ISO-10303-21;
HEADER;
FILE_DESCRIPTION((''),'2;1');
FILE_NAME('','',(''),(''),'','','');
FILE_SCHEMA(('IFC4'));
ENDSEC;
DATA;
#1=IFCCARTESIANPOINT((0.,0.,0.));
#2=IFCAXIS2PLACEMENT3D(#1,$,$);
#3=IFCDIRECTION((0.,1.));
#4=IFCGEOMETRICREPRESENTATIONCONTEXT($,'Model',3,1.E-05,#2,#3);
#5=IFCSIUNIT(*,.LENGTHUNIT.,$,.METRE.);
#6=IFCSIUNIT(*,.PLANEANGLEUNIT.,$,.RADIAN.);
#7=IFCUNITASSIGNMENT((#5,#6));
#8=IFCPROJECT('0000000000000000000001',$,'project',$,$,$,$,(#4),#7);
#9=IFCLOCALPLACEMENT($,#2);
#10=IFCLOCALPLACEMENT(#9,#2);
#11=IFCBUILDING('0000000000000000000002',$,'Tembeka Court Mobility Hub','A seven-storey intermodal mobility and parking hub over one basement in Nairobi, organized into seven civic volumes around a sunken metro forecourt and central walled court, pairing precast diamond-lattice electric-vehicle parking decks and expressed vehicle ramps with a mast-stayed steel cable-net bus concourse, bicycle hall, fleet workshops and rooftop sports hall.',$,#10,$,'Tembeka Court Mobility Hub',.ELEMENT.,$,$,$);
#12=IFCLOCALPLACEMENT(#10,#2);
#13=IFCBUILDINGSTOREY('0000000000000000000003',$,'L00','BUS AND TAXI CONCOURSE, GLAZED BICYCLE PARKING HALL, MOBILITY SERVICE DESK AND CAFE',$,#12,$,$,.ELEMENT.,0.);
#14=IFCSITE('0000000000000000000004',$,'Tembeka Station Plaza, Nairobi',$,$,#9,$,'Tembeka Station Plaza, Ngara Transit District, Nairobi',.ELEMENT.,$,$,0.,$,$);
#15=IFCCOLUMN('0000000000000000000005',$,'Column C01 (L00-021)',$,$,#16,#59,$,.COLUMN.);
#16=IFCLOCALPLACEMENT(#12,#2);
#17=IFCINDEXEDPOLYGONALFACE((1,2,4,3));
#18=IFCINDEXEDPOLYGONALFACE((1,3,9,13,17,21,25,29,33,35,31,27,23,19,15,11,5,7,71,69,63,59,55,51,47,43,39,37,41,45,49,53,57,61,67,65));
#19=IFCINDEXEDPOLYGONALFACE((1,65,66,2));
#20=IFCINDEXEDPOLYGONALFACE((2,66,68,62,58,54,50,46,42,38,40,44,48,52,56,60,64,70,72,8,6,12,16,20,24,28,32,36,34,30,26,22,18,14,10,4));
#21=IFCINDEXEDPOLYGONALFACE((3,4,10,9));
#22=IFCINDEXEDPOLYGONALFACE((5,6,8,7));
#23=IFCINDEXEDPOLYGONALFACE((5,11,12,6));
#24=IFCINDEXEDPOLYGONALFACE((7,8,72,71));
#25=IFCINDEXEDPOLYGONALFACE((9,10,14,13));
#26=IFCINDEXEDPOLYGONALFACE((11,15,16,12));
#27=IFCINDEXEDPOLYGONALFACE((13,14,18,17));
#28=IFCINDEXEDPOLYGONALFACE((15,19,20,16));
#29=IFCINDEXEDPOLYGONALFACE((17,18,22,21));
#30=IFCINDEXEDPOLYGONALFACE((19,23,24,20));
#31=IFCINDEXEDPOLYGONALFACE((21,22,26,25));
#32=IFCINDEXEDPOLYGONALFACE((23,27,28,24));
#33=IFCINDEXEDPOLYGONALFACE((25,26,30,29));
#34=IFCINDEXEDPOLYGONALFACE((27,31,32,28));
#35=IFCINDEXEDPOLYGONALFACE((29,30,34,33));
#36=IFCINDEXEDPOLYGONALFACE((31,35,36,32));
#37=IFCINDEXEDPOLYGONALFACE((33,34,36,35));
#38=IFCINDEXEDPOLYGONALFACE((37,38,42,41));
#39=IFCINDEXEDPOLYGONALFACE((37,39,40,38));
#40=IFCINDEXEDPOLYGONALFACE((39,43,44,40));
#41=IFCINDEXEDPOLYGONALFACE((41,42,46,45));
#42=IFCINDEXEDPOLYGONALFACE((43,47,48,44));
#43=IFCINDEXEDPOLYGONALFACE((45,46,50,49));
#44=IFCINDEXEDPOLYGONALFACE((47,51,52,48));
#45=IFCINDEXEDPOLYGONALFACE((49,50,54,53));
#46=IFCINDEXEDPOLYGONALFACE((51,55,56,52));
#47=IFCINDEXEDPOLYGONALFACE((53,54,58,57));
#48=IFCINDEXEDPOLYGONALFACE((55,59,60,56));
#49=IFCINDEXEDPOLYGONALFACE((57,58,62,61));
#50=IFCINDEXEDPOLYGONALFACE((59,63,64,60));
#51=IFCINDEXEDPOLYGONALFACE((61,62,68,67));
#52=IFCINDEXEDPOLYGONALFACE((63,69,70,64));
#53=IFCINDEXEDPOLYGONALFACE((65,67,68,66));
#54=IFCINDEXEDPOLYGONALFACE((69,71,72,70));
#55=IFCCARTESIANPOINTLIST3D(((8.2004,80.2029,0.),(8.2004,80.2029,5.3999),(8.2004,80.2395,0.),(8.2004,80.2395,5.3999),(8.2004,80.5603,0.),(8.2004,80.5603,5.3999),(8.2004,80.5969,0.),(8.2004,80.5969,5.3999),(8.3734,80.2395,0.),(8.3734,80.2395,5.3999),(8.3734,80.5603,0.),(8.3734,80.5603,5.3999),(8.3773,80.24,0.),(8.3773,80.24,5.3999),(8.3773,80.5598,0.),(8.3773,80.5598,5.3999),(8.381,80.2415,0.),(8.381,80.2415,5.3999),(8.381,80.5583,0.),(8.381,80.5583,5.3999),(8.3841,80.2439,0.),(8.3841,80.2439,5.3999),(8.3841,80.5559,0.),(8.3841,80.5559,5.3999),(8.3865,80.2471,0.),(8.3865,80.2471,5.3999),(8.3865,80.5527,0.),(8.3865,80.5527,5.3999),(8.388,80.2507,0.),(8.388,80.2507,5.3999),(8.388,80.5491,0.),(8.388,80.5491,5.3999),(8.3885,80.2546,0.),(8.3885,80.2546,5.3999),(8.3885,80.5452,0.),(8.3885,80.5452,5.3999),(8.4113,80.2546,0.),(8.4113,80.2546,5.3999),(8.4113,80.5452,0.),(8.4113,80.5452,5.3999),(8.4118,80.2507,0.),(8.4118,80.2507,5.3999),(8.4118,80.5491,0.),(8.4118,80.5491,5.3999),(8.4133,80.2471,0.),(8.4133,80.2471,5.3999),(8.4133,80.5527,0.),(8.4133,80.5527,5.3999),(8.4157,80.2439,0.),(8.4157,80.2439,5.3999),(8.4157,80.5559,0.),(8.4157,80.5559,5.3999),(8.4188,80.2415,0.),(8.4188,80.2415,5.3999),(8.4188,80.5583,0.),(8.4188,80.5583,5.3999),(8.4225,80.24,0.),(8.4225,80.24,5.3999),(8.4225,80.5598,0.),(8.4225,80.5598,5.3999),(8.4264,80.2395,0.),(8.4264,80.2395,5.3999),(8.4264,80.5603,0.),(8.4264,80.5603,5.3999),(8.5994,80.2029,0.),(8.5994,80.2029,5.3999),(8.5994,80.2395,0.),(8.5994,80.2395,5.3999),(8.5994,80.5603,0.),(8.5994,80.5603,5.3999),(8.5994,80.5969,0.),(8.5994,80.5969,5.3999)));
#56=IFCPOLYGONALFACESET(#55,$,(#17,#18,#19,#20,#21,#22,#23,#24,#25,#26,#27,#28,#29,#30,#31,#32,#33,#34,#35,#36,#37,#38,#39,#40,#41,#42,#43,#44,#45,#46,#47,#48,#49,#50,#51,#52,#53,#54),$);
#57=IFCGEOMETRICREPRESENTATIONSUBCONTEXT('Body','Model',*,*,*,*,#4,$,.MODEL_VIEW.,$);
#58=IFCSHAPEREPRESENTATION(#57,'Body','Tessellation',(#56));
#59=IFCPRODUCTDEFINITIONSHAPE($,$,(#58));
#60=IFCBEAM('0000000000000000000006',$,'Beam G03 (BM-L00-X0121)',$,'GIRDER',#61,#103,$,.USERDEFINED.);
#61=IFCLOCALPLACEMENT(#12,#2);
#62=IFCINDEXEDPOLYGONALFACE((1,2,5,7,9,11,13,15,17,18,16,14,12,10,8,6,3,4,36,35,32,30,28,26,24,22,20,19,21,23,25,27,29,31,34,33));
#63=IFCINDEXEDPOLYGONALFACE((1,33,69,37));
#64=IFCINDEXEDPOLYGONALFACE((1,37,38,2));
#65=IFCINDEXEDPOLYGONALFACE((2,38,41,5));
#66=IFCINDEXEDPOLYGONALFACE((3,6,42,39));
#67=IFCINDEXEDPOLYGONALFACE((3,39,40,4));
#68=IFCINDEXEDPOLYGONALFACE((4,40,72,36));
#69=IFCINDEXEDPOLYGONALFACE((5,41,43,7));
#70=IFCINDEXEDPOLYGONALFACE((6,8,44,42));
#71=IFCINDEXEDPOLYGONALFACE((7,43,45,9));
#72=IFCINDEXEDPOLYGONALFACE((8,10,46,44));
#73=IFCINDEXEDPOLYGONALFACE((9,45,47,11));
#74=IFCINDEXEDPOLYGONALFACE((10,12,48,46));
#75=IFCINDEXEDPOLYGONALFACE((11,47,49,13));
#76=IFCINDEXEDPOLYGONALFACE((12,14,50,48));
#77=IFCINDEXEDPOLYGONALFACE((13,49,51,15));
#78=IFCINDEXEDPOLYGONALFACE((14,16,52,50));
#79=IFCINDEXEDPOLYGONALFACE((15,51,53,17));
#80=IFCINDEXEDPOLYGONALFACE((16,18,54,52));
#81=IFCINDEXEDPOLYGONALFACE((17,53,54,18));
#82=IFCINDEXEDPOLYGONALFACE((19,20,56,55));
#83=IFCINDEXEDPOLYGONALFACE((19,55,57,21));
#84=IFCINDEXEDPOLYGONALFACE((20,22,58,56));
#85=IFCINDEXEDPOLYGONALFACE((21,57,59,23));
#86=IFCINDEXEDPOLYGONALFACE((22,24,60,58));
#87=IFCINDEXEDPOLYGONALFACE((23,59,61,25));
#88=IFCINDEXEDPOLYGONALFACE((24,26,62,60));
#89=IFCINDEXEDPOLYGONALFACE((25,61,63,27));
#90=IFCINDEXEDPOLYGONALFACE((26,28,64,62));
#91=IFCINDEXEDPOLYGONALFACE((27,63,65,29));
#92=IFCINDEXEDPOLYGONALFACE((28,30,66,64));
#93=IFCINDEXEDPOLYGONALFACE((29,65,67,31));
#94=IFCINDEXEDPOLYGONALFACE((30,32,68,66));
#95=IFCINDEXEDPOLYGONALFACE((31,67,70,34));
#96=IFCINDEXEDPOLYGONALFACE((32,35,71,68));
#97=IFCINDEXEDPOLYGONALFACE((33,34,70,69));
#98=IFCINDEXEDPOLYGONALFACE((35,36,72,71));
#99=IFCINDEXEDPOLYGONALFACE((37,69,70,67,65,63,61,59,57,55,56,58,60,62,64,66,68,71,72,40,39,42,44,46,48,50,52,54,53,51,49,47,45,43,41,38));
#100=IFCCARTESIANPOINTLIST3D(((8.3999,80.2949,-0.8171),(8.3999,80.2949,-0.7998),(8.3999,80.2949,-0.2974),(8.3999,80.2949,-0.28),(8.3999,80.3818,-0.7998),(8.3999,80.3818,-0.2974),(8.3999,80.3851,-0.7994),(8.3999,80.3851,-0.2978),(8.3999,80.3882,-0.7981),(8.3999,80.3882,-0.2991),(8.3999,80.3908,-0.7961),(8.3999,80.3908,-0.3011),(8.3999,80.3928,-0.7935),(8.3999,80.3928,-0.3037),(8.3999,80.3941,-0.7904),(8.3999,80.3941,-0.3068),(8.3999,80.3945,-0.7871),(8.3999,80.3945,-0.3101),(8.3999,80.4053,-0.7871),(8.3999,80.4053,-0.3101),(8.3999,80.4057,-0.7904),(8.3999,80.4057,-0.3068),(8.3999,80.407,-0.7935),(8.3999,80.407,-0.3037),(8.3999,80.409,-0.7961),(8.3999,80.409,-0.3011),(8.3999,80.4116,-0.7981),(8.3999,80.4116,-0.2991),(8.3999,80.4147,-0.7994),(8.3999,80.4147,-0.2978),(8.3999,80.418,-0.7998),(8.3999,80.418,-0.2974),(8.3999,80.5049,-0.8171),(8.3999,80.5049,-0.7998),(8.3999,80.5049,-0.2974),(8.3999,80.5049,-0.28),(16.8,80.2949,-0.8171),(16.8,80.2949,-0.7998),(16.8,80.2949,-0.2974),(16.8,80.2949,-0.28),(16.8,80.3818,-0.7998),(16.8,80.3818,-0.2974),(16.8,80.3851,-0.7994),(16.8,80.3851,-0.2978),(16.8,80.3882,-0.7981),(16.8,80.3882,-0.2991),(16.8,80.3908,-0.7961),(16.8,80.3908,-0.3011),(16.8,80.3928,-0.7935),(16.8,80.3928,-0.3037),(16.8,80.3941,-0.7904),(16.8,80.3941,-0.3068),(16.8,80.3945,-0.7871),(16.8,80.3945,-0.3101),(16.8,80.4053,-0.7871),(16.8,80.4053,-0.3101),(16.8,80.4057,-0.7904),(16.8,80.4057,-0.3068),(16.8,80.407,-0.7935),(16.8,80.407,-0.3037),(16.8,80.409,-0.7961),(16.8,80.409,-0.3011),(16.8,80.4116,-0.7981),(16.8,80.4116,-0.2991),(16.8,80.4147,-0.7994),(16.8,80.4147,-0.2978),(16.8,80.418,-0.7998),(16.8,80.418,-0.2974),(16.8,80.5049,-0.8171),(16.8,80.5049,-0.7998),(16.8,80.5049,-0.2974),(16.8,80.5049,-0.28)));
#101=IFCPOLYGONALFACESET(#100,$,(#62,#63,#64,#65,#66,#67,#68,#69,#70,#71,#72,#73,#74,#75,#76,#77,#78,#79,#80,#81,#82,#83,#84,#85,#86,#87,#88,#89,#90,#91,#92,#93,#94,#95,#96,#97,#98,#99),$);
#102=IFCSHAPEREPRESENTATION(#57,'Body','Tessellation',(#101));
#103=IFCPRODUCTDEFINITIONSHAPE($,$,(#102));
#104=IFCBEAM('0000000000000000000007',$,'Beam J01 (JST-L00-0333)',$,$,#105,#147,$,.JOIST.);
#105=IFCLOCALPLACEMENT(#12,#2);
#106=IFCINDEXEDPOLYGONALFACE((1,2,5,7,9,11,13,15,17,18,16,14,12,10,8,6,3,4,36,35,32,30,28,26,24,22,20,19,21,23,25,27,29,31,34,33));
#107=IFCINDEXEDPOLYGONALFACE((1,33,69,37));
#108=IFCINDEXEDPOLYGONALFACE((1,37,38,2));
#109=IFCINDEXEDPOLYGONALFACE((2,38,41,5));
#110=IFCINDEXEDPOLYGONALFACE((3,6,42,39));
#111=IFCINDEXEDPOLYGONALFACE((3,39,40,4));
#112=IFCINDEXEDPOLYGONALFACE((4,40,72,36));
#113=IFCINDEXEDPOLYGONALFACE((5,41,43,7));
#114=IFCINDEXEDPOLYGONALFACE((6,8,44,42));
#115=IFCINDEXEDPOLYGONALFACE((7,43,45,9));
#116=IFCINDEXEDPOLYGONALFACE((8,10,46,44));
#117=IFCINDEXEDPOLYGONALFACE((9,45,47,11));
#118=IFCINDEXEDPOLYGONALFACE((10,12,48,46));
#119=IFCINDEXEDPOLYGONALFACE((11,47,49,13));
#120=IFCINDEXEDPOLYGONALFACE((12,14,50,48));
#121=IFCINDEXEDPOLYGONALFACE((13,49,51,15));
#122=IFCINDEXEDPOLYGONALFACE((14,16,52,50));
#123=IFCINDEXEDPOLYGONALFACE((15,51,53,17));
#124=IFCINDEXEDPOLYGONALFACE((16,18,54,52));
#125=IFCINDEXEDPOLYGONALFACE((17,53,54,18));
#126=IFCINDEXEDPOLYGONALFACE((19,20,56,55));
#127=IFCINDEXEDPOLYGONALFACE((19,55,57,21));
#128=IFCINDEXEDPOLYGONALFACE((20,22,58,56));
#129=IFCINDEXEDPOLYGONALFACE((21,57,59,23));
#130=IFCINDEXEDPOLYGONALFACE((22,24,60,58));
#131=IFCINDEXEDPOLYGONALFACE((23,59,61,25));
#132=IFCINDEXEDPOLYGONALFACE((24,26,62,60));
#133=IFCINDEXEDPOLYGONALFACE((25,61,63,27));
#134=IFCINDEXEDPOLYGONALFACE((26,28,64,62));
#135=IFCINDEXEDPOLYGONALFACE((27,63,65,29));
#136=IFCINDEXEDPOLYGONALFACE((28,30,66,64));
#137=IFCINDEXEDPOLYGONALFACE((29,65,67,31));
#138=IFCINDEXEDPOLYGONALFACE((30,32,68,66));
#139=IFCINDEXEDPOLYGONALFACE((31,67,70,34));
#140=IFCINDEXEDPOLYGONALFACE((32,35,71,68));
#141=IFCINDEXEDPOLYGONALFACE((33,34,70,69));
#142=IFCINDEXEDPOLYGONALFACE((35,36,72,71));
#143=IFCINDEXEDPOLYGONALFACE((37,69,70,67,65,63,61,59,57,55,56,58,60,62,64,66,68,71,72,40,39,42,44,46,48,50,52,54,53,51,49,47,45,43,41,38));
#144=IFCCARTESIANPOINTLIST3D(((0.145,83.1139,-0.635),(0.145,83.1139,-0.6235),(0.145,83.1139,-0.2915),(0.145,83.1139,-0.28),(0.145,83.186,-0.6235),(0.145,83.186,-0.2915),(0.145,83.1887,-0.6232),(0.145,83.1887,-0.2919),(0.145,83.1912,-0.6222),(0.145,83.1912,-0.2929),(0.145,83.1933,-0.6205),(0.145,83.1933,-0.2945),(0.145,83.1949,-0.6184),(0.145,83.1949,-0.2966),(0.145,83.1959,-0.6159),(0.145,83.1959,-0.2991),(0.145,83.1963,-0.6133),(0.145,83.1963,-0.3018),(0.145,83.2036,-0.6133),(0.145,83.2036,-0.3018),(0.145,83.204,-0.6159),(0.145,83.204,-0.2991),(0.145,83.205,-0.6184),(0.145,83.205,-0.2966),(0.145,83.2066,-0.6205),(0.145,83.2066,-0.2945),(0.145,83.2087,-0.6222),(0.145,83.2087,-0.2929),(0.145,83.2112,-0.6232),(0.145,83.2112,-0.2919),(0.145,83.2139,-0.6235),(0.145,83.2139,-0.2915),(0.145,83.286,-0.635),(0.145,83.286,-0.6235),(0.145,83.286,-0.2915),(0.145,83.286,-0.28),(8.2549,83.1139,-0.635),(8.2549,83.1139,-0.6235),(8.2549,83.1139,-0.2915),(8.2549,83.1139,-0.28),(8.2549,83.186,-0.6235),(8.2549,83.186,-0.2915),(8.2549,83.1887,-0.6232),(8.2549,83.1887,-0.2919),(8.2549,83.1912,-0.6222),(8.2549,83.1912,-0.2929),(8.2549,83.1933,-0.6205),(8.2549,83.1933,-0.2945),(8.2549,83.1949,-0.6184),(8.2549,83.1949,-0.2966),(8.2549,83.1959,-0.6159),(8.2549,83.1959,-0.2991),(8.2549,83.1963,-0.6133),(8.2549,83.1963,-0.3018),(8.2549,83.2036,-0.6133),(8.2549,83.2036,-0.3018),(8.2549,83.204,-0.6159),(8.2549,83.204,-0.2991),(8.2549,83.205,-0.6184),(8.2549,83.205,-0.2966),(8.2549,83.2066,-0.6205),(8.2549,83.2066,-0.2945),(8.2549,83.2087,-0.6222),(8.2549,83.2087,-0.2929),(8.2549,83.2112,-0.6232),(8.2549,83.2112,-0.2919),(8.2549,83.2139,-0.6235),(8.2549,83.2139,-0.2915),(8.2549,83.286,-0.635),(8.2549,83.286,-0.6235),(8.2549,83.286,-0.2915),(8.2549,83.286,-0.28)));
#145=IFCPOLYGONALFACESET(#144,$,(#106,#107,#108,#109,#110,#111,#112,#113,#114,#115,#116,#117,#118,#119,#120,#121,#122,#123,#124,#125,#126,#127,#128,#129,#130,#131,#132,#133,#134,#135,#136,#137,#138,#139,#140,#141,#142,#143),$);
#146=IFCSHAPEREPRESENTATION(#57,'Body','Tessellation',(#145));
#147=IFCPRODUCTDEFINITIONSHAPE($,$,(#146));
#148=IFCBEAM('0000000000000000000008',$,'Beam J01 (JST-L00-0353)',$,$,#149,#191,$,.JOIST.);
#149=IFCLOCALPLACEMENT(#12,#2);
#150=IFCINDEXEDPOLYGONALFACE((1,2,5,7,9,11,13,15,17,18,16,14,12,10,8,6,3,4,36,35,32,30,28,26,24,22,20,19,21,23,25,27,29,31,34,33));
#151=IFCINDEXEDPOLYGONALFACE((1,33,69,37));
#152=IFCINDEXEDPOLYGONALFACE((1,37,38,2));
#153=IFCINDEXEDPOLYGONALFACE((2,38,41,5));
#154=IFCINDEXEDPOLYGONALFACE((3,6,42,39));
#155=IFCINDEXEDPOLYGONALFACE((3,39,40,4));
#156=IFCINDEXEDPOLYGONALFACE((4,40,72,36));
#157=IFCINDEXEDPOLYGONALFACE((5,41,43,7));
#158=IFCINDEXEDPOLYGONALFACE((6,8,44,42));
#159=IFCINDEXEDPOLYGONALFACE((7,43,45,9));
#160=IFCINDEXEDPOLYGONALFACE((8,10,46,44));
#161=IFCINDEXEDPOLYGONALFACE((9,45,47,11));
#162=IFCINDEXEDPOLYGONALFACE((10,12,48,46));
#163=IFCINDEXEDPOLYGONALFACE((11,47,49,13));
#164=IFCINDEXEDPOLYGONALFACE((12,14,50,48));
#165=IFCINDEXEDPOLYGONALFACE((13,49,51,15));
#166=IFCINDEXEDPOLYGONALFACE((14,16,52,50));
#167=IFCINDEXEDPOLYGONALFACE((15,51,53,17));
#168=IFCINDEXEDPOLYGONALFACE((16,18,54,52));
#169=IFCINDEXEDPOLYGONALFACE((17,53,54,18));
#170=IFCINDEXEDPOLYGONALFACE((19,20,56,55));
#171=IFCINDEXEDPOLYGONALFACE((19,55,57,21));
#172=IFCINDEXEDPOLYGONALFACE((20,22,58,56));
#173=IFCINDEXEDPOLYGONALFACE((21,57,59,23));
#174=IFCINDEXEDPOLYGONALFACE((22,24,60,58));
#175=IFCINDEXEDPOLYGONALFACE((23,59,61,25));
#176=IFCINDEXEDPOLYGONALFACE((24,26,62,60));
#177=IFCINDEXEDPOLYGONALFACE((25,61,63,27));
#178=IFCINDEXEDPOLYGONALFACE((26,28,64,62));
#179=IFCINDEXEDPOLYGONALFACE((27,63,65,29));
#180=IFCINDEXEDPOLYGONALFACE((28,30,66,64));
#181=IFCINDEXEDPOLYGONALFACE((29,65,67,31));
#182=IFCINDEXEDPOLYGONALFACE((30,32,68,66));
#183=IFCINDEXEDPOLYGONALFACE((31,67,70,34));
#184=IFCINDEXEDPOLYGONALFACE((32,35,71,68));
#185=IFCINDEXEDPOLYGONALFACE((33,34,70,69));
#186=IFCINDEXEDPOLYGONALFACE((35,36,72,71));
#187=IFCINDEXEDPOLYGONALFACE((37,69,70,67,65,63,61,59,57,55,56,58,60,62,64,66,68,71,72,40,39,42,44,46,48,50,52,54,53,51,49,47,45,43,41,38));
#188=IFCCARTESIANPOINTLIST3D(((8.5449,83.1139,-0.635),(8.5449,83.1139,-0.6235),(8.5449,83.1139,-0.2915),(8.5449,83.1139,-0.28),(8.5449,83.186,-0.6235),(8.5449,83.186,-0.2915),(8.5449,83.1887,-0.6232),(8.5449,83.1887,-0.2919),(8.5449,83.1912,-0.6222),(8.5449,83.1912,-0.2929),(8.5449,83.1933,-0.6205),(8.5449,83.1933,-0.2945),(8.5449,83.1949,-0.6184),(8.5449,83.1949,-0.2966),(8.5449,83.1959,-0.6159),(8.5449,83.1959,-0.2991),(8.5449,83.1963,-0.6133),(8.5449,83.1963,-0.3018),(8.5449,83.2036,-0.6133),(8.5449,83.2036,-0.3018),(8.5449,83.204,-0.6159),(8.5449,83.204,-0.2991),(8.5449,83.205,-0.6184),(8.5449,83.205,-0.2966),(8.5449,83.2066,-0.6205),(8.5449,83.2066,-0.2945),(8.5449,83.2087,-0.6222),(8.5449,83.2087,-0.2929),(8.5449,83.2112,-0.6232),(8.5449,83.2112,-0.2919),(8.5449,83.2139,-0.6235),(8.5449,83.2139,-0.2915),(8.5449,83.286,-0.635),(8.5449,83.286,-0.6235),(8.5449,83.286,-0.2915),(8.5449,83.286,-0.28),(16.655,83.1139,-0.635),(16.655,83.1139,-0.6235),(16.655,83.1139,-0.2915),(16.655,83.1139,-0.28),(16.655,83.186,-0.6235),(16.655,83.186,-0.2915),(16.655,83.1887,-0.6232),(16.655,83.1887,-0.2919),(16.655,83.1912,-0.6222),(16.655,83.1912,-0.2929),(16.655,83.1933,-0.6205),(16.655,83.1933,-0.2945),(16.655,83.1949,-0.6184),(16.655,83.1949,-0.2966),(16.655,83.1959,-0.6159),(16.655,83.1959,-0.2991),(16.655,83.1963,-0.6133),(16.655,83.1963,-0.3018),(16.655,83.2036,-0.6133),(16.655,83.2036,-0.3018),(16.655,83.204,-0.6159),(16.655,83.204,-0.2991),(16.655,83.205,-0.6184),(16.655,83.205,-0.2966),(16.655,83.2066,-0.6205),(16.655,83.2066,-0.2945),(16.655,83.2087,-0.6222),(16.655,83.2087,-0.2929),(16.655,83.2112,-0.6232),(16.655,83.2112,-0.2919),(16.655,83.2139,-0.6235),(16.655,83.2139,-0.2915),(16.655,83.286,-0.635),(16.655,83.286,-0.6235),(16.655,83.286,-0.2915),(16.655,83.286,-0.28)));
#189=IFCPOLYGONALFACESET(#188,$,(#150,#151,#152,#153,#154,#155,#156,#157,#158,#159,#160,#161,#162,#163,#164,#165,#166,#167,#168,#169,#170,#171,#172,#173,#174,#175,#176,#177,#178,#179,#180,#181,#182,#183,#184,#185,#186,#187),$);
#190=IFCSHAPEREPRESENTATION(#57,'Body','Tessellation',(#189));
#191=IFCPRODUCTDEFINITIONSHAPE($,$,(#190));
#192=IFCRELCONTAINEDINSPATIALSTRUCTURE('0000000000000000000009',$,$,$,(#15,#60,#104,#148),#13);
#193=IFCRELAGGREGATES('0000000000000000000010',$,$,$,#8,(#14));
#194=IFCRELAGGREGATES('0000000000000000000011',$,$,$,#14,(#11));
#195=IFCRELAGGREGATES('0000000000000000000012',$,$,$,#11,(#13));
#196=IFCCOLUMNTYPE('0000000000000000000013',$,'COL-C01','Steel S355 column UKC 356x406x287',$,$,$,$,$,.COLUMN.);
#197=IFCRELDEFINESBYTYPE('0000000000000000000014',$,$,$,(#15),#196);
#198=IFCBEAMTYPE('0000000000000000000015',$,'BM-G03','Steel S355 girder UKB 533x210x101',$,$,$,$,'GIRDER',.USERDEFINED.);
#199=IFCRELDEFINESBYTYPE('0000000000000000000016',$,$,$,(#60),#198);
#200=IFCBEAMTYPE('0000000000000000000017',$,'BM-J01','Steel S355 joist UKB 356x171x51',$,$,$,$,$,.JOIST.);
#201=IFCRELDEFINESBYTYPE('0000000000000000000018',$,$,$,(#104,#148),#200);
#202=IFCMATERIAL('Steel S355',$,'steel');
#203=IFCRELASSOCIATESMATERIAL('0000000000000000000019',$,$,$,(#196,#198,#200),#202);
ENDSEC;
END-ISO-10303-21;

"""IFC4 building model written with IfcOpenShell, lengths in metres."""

from ifc_helpers import new_model, si_unit, direction, frame, origin, origin_2d, place, context, subcontext, project, spatial, i_section, extrude, material, material_profile, profile_set, type_object, element, save


model = new_model("IFC4")

# Units and contexts
model_context = context("Model", 3, precision=1e-05, world=origin(), true_north=direction((0.0, 1.0)))
body_context = subcontext(model_context, "Body", "Model", "MODEL_VIEW")
ifc_project = project(units=[si_unit("LENGTHUNIT", "METRE"), si_unit("PLANEANGLEUNIT", "RADIAN")], contexts=[model_context])

# Site, building, storey
site_placement = place(None, origin())
site = spatial("IfcSite", under=ifc_project, at=site_placement, Name="Tembeka Station Plaza, Nairobi", LongName="Tembeka Station Plaza, Ngara Transit District, Nairobi", CompositionType="ELEMENT", RefElevation=0.0)
building_placement = place(site_placement, origin())
building = spatial("IfcBuilding", under=site, at=building_placement, Name="Tembeka Court Mobility Hub", Description="A seven-storey intermodal mobility and parking hub over one basement in Nairobi, organized into seven civic volumes around a sunken metro forecourt and central walled court, pairing precast diamond-lattice electric-vehicle parking decks and expressed vehicle ramps with a mast-stayed steel cable-net bus concourse, bicycle hall, fleet workshops and rooftop sports hall.", LongName="Tembeka Court Mobility Hub", CompositionType="ELEMENT")
storey_placement = place(building_placement, origin())
storey = spatial("IfcBuildingStorey", under=building, at=storey_placement, Name="L00", Description="BUS AND TAXI CONCOURSE, GLAZED BICYCLE PARKING HALL, MOBILITY SERVICE DESK AND CAFE", CompositionType="ELEMENT", Elevation=0.0)

# Column
ifc_material_1 = material(Name="Steel S355", Category="steel")
ifc_material_profile_1 = material_profile(ifc_material_1, i_section(OverallWidth=0.3989, OverallDepth=0.394, WebThickness=0.0227, FlangeThickness=0.0366, FilletRadius=0.0151, at=origin_2d()), Name="UKC 356x406x287")
ifc_profile_set_1 = profile_set([ifc_material_profile_1], Name="Steel S355")
column_type = type_object("IfcColumnType", Name="COL-C01", Description="Steel S355 column UKC 356x406x287", PredefinedType="COLUMN", material=ifc_profile_set_1)
column_placement = place(storey_placement, frame((8.3999, 80.3999, 0.0), z_axis=(0.0, 0.0, 1.0), x_axis=(1.0, 0.0, 0.0)))
element("IfcColumn", 1, at=column_placement, inside=storey, type_object=column_type, Name="Column C01 (L00-021)", PredefinedType="COLUMN", context=body_context, shape_type="SweptSolid", body=[
    extrude(i_section(OverallWidth=0.3989, OverallDepth=0.394, WebThickness=0.0227, FlangeThickness=0.0366, FilletRadius=0.0151, at=origin_2d()), origin(), (0.0, 0.0, 1.0), 5.3999),
])

# Beams
ifc_material_profile_2 = material_profile(ifc_material_1, i_section(OverallWidth=0.21, OverallDepth=0.5371, WebThickness=0.0107, FlangeThickness=0.0173, FilletRadius=0.0127, at=origin_2d()), Name="UKB 533x210x101")
ifc_profile_set_2 = profile_set([ifc_material_profile_2], Name="Steel S355")
beam_type_1 = type_object("IfcBeamType", Name="BM-G03", Description="Steel S355 girder UKB 533x210x101", ElementType="GIRDER", PredefinedType="USERDEFINED", material=ifc_profile_set_2)
beam_1_placement = place(storey_placement, frame((8.3999, 80.3999, -0.5486), z_axis=(1.0, 0.0, 0.0), x_axis=(0.0, 1.0, 0.0)))
element("IfcBeam", 2, at=beam_1_placement, inside=storey, type_object=beam_type_1, Name="Beam G03 (BM-L00-X0121)", ObjectType="GIRDER", PredefinedType="USERDEFINED", context=body_context, shape_type="SweptSolid", body=[
    extrude(i_section(OverallWidth=0.21, OverallDepth=0.5371, WebThickness=0.0107, FlangeThickness=0.0173, FilletRadius=0.0127, at=origin_2d()), origin(), (0.0, 0.0, 1.0), 8.4001),
])
ifc_material_profile_3 = material_profile(ifc_material_1, i_section(OverallWidth=0.1721, OverallDepth=0.355, WebThickness=0.0073, FlangeThickness=0.0115, FilletRadius=0.0103, at=origin_2d()), Name="UKB 356x171x51")
ifc_profile_set_3 = profile_set([ifc_material_profile_3], Name="Steel S355")
beam_type_2 = type_object("IfcBeamType", Name="BM-J01", Description="Steel S355 joist UKB 356x171x51", PredefinedType="JOIST", material=ifc_profile_set_3)
beam_2_placement = place(storey_placement, frame((0.145, 83.2, -0.4575), z_axis=(1.0, 0.0, 0.0), x_axis=(0.0, 1.0, 0.0)))
element("IfcBeam", 3, at=beam_2_placement, inside=storey, type_object=beam_type_2, Name="Beam J01 (JST-L00-0333)", PredefinedType="JOIST", context=body_context, shape_type="SweptSolid", body=[
    extrude(i_section(OverallWidth=0.1721, OverallDepth=0.355, WebThickness=0.0073, FlangeThickness=0.0115, FilletRadius=0.0103, at=origin_2d()), origin(), (0.0, 0.0, 1.0), 8.1099),
])
beam_3_placement = place(storey_placement, frame((8.5449, 83.2, -0.4575), z_axis=(1.0, 0.0, 0.0), x_axis=(0.0, 1.0, 0.0)))
element("IfcBeam", 4, at=beam_3_placement, inside=storey, type_object=beam_type_2, Name="Beam J01 (JST-L00-0353)", PredefinedType="JOIST", context=body_context, shape_type="SweptSolid", body=[
    extrude(i_section(OverallWidth=0.1721, OverallDepth=0.355, WebThickness=0.0073, FlangeThickness=0.0115, FilletRadius=0.0103, at=origin_2d()), origin(), (0.0, 0.0, 1.0), 8.1101),
])

save(model, "model.ifc")
